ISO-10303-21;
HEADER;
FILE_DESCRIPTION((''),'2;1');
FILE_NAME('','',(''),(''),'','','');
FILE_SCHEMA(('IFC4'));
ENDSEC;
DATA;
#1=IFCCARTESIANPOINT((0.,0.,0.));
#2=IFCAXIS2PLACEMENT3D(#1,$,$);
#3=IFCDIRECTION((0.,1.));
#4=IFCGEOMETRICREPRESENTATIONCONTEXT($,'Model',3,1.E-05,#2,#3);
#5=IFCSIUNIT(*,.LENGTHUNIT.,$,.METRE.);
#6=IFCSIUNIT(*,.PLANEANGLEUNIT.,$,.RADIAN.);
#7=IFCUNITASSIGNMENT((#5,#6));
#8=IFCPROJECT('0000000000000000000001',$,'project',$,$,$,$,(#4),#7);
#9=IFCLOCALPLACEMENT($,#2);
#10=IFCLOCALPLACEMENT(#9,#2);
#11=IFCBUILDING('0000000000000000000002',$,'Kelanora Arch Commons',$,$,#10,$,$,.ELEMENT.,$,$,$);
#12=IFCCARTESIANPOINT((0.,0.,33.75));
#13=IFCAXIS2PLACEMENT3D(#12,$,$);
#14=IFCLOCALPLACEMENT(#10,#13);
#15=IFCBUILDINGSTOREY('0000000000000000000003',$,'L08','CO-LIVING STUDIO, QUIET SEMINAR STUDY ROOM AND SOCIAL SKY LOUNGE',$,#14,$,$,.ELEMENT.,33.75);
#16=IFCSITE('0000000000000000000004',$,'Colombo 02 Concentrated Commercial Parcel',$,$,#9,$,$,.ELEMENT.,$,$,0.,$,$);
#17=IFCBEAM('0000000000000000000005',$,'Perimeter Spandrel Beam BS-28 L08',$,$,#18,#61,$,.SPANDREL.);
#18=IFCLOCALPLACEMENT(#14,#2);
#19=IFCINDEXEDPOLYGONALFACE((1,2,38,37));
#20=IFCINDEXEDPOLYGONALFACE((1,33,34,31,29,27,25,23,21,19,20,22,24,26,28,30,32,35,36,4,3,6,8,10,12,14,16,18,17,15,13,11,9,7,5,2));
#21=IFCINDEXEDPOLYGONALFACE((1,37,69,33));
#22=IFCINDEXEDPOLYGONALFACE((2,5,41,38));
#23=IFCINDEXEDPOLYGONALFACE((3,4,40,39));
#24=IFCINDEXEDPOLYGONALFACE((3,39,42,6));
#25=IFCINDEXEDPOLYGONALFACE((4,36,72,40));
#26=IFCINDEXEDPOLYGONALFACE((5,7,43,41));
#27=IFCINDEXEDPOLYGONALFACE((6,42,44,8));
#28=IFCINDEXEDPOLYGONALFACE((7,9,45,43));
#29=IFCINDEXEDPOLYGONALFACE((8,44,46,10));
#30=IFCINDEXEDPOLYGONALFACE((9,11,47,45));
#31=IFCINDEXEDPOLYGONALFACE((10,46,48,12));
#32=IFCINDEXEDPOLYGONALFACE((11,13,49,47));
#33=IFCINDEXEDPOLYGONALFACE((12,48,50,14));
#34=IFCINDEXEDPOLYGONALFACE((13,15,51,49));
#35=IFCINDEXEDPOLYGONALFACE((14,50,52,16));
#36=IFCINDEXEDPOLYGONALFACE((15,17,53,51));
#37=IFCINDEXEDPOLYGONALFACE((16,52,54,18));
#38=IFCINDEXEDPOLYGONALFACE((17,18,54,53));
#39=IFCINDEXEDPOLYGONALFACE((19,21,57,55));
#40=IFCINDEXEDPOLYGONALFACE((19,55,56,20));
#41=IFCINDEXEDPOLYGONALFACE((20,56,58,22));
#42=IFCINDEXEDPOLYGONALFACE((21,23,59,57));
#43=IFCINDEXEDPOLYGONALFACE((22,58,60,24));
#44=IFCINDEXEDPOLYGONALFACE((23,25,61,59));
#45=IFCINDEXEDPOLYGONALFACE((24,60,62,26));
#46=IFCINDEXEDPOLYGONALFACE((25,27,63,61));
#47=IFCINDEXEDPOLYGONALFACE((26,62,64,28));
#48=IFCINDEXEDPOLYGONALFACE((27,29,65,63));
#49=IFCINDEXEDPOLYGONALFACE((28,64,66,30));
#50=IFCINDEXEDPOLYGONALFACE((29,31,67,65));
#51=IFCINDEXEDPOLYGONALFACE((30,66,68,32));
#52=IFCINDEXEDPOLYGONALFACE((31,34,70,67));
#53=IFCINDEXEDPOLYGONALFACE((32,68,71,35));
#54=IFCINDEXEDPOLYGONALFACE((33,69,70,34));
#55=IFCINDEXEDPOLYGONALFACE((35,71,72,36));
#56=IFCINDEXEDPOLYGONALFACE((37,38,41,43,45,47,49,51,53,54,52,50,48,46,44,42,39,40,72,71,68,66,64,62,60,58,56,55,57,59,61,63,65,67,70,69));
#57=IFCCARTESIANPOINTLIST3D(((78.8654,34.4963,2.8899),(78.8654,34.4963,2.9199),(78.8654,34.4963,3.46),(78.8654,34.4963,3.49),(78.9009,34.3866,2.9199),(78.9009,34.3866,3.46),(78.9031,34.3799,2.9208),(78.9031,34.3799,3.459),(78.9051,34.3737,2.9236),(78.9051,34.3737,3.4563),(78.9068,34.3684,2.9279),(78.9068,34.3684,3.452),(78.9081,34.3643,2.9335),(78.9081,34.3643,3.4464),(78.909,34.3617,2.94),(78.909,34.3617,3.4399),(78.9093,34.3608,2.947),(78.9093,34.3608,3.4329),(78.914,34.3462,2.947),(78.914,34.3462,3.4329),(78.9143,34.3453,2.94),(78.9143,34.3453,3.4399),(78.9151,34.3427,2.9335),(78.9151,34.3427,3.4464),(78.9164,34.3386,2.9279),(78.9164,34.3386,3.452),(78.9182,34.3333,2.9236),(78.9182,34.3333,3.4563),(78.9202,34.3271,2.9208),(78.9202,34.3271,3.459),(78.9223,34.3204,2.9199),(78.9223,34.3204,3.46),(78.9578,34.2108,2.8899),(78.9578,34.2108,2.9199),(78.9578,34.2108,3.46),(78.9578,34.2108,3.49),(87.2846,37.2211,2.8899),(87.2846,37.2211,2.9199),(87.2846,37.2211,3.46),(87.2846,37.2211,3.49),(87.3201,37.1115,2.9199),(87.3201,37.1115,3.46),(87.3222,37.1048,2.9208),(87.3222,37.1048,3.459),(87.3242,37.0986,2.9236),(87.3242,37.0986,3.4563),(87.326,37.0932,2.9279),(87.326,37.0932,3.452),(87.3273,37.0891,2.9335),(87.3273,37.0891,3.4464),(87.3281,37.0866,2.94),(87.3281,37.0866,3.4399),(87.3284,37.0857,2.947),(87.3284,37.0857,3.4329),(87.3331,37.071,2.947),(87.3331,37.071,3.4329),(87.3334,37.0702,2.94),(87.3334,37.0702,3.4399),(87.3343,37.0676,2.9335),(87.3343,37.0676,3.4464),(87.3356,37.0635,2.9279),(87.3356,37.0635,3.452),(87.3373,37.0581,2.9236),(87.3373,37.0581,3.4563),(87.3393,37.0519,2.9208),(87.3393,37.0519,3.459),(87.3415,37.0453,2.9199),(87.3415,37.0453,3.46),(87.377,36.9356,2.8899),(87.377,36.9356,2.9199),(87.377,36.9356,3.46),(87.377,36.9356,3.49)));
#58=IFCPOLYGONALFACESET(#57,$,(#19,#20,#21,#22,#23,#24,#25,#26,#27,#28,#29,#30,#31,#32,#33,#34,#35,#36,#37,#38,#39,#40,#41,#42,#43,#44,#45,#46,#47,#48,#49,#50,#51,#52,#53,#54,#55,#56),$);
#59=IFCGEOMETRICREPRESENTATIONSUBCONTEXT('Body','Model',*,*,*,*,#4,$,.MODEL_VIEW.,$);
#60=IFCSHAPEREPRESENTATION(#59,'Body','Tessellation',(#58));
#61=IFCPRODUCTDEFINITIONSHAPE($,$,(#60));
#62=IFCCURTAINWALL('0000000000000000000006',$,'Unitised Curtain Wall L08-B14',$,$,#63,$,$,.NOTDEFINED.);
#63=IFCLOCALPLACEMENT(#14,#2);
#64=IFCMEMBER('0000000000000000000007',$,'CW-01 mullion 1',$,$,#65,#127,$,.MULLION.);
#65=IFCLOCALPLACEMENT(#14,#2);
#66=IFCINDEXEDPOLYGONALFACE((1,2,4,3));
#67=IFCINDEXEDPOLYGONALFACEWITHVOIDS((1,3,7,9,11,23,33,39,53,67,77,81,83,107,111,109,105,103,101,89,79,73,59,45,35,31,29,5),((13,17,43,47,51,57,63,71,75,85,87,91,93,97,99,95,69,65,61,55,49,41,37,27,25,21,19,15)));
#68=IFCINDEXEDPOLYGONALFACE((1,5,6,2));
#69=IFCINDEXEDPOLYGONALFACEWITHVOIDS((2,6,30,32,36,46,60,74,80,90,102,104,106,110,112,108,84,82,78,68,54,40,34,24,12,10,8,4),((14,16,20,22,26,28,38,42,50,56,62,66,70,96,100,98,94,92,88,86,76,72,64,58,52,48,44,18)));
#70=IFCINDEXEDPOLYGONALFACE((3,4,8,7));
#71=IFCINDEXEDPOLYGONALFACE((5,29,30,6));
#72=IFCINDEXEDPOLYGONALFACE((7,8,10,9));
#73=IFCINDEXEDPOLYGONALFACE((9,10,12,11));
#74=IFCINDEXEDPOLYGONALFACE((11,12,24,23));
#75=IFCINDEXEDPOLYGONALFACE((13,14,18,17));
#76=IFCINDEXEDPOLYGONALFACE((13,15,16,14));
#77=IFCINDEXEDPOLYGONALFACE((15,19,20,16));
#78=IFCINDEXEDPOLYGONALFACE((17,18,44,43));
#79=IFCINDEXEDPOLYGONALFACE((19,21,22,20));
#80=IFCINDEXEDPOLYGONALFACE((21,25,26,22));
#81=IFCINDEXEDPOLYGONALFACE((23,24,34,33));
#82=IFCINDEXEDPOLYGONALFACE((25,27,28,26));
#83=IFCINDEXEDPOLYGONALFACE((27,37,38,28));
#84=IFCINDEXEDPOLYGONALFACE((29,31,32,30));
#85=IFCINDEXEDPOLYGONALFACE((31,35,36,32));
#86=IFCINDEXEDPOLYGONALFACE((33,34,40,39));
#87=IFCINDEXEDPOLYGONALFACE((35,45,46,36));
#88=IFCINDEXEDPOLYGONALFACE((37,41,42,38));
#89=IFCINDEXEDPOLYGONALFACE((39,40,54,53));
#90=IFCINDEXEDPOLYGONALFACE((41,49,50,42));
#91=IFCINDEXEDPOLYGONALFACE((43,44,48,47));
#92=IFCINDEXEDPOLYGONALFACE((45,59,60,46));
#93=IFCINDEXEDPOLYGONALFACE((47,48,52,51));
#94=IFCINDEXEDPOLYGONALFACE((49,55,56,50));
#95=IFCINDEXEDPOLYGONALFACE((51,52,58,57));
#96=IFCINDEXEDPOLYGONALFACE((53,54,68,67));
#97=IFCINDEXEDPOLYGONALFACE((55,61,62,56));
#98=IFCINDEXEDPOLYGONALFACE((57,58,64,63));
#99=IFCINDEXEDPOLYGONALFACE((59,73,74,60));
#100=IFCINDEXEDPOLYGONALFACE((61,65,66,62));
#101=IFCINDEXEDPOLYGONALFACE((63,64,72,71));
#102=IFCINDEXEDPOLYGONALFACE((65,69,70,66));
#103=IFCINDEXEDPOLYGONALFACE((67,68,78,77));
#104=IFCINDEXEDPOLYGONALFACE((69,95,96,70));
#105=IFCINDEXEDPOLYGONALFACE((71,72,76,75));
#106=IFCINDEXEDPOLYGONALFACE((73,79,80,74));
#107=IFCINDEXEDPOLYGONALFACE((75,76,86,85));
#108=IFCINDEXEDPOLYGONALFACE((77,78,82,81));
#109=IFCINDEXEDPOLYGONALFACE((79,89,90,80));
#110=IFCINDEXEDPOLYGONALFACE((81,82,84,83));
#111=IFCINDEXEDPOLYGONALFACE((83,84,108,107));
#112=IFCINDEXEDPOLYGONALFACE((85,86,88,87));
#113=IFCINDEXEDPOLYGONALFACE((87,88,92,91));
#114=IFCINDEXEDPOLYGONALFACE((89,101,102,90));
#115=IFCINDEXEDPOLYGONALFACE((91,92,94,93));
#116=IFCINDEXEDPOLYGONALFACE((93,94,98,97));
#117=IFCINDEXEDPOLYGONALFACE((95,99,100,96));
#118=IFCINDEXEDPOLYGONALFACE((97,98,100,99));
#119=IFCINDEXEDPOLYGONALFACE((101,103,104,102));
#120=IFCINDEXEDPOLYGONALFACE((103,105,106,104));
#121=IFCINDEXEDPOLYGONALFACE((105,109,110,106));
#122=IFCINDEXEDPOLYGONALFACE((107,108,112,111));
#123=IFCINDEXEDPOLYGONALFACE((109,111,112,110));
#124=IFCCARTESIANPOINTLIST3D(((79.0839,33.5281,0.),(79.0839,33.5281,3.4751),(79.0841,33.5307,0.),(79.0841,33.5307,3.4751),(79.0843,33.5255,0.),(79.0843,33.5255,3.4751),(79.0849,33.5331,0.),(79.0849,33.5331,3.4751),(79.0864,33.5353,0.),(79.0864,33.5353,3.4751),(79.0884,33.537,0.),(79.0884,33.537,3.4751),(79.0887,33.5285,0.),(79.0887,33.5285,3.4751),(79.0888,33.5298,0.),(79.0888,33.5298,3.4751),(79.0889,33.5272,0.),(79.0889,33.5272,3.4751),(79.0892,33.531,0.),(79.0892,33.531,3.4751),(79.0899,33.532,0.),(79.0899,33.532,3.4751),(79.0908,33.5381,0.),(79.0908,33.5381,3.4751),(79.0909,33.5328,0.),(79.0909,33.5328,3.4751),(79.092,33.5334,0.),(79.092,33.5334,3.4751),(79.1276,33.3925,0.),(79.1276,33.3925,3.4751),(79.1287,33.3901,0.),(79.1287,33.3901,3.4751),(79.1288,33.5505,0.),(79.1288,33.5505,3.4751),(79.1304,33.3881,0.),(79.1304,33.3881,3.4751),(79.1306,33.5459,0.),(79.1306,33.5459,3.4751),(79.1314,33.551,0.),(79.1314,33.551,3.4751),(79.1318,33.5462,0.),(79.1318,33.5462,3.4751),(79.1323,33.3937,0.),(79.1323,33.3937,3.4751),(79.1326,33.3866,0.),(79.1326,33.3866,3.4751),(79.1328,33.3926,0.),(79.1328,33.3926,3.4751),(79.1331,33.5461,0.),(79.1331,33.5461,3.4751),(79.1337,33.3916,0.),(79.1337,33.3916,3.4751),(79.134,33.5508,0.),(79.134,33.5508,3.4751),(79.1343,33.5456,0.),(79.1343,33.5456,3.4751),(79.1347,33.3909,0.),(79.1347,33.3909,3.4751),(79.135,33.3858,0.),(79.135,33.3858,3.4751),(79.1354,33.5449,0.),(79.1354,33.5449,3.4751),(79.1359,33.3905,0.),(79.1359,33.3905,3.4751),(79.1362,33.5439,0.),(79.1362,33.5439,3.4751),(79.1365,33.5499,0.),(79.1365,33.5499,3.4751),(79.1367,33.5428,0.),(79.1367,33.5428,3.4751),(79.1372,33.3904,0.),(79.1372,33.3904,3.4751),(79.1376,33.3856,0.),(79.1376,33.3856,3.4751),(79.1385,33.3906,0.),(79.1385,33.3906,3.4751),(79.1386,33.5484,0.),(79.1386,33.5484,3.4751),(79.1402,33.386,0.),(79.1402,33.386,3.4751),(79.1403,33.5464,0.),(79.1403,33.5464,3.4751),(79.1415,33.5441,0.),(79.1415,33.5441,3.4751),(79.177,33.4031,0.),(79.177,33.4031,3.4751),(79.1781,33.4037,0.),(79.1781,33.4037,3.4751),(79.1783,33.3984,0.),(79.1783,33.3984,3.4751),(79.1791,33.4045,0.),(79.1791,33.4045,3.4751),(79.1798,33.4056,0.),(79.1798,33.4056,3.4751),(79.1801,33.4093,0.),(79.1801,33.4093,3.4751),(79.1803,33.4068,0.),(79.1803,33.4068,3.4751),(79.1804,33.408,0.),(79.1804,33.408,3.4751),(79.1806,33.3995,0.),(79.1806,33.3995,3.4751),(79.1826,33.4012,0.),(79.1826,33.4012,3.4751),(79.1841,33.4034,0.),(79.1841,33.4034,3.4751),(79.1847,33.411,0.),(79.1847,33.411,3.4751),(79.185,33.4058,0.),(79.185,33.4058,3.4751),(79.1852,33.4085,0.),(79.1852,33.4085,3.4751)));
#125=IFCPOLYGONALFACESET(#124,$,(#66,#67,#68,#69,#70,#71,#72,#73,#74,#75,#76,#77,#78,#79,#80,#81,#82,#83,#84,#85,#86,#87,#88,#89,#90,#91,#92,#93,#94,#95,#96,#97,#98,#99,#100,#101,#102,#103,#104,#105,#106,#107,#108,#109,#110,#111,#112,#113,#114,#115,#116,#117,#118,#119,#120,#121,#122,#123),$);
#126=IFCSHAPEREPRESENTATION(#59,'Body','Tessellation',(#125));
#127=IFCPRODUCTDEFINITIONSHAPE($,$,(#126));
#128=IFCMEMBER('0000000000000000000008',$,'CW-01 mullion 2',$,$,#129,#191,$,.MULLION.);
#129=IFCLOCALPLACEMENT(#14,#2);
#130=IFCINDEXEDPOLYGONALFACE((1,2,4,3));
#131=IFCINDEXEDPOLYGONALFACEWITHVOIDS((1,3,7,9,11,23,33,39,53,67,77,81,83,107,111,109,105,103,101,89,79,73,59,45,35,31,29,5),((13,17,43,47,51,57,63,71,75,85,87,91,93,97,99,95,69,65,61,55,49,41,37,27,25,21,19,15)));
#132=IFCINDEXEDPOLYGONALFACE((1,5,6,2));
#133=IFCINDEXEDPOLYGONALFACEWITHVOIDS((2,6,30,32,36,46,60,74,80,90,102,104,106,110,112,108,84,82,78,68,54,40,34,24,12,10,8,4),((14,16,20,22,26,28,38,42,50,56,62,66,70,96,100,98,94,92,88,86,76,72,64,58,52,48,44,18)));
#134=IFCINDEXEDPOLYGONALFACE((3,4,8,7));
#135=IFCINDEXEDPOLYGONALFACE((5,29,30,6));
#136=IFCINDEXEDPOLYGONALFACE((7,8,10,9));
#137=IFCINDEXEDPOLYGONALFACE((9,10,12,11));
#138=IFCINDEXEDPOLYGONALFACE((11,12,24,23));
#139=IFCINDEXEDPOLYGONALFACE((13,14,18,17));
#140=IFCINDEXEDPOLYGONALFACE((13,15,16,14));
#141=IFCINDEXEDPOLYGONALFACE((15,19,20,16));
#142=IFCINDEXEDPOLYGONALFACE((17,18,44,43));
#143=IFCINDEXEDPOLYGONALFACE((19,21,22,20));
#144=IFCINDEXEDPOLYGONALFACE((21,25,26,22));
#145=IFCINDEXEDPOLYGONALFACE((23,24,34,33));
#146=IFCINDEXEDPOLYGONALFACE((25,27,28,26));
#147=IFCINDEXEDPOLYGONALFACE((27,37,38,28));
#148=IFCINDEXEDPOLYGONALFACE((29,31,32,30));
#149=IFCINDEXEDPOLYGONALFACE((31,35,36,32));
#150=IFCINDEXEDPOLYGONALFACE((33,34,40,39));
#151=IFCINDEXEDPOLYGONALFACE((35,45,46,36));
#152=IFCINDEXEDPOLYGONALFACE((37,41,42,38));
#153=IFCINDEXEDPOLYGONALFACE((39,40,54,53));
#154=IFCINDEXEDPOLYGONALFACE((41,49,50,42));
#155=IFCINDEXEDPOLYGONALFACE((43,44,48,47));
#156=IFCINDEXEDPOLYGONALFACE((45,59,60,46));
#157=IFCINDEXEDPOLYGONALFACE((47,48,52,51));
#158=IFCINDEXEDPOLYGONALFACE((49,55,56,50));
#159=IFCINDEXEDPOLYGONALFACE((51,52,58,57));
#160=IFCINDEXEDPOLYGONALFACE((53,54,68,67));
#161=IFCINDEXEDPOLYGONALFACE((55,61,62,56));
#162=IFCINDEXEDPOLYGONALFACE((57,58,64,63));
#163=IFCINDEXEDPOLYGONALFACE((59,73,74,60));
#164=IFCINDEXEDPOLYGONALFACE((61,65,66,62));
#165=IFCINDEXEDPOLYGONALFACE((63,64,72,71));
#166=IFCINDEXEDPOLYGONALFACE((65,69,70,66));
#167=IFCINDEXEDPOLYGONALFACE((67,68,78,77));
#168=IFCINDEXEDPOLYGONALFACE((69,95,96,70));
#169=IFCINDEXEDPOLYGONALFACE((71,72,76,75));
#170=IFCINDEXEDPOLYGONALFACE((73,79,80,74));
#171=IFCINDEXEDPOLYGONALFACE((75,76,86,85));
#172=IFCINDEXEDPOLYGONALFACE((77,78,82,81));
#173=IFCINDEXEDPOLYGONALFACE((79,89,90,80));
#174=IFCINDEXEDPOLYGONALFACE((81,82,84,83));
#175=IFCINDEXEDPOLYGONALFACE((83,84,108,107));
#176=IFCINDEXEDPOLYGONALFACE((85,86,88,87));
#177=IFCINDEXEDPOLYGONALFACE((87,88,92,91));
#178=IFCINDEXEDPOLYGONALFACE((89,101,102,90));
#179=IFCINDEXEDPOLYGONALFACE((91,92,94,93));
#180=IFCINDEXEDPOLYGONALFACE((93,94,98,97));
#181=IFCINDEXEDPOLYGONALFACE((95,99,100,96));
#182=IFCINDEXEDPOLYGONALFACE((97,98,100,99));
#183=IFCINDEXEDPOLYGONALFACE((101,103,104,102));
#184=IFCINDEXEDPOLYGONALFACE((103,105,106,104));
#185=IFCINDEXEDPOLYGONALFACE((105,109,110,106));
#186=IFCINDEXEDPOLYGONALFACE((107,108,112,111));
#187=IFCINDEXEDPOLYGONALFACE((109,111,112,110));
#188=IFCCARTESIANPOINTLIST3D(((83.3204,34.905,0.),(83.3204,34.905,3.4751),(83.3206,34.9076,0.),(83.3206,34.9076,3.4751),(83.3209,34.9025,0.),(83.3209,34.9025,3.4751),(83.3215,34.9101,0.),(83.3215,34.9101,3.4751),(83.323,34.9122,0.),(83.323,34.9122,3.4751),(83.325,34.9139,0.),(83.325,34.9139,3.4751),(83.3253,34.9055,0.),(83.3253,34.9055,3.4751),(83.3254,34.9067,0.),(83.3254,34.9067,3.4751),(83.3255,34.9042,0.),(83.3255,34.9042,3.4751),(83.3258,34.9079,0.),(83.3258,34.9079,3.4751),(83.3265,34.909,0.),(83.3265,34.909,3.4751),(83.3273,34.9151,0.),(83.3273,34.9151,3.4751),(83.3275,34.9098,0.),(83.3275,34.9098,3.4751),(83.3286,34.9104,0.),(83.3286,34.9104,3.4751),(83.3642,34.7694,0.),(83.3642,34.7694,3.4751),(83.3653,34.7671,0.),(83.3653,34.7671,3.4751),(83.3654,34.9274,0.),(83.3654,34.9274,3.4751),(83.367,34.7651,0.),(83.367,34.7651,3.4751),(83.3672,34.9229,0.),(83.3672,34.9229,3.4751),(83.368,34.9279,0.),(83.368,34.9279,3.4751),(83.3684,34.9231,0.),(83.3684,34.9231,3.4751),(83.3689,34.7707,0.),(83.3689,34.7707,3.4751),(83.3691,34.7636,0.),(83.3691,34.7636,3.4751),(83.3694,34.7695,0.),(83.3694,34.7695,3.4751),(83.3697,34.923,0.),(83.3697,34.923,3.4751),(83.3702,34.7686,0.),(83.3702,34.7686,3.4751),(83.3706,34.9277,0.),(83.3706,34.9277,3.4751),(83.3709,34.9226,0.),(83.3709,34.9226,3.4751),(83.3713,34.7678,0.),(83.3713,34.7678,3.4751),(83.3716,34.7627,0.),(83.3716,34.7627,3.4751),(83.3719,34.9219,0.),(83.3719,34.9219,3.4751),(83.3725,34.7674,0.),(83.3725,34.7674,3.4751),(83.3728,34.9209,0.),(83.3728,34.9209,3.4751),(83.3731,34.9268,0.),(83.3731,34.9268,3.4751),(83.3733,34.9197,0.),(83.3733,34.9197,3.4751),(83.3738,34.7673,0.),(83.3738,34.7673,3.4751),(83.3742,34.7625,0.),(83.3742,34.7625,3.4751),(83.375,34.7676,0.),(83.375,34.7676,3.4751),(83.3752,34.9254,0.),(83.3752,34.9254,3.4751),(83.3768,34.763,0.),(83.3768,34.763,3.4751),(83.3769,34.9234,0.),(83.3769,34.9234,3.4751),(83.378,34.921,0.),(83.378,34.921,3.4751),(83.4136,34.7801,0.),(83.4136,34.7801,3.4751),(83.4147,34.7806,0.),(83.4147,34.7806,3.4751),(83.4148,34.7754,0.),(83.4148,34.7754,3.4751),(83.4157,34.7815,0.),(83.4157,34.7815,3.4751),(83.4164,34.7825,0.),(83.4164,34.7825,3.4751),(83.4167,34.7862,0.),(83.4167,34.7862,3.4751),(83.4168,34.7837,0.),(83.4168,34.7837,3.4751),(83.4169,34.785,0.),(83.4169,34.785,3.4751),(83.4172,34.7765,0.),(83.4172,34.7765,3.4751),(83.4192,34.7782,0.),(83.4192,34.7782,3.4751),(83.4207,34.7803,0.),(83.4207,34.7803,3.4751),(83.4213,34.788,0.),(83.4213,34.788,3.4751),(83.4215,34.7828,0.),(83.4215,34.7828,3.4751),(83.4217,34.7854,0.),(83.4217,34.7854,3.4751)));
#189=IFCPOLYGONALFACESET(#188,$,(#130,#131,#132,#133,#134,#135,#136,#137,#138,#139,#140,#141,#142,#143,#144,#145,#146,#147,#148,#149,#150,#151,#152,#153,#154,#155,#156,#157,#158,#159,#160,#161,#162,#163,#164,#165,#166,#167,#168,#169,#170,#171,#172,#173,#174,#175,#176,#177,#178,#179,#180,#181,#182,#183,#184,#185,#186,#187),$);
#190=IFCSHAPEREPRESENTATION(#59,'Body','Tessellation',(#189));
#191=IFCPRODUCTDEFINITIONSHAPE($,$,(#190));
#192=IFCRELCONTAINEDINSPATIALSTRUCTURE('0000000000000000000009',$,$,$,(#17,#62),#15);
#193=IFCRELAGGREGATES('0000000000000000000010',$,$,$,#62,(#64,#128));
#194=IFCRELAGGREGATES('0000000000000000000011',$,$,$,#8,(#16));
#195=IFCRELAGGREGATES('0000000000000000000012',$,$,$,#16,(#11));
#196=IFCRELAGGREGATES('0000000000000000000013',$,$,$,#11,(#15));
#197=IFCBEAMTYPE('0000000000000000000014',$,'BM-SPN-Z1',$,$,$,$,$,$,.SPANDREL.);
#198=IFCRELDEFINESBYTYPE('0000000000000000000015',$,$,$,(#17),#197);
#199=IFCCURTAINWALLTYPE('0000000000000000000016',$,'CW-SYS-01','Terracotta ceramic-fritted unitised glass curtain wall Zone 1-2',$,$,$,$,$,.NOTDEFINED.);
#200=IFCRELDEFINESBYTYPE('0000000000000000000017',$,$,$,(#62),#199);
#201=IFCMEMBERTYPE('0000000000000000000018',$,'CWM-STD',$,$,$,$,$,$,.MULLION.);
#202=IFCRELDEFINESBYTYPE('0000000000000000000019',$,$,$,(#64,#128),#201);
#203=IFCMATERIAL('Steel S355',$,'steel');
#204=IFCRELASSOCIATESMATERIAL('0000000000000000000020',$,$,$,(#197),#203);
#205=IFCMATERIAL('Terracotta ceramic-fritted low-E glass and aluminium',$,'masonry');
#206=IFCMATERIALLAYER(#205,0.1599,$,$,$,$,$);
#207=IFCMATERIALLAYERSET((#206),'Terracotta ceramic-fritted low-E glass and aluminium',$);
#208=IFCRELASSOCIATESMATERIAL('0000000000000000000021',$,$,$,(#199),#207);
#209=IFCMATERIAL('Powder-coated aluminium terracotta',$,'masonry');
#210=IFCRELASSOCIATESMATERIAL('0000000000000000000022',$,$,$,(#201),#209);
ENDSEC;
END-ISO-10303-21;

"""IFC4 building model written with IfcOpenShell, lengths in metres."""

from ifc_helpers import new_model, si_unit, direction, frame, origin, origin_2d, place, context, subcontext, project, spatial, hollow_rectangle, i_section, extrude, material, layer, layer_set, material_profile, profile_set, type_object, element, aggregate, save


model = new_model("IFC4")

# Units and contexts
model_context = context("Model", 3, precision=1e-05, world=origin(), true_north=direction((0.0, 1.0)))
body_context = subcontext(model_context, "Body", "Model", "MODEL_VIEW")
ifc_project = project(units=[si_unit("LENGTHUNIT", "METRE"), si_unit("PLANEANGLEUNIT", "RADIAN")], contexts=[model_context])

# Site, building, storey
site_placement = place(None, origin())
site = spatial("IfcSite", under=ifc_project, at=site_placement, Name="Colombo 02 Concentrated Commercial Parcel", CompositionType="ELEMENT", RefElevation=0.0)
building_placement = place(site_placement, origin())
building = spatial("IfcBuilding", under=site, at=building_placement, Name="Kelanora Arch Commons", CompositionType="ELEMENT")
storey_placement = place(building_placement, frame((0.0, 0.0, 33.75)))
storey = spatial("IfcBuildingStorey", under=building, at=storey_placement, Name="L08", Description="CO-LIVING STUDIO, QUIET SEMINAR STUDY ROOM AND SOCIAL SKY LOUNGE", CompositionType="ELEMENT", Elevation=33.75)

# Beam
ifc_material_1 = material(Name="Steel S355", Category="steel")
ifc_material_profile_1 = material_profile(ifc_material_1, i_section(OverallWidth=0.3, OverallDepth=0.6001, WebThickness=0.0154, FlangeThickness=0.03, FilletRadius=0.0271, at=origin_2d()), Name="HEB600")
ifc_profile_set_1 = profile_set([ifc_material_profile_1], Name="Steel S355")
beam_type_1 = type_object("IfcBeamType", Name="BM-SPN-Z1", PredefinedType="SPANDREL", material=ifc_profile_set_1)
beam_1_placement = place(storey_placement, frame((78.9116, 34.3535, 3.1899), z_axis=(0.951411, 0.307922, 0.0), x_axis=(-0.307922, 0.951411, 0.0)))
element("IfcBeam", 1, at=beam_1_placement, inside=storey, type_object=beam_type_1, Name="Perimeter Spandrel Beam BS-28 L08", PredefinedType="SPANDREL", context=body_context, shape_type="SweptSolid", body=[
    extrude(i_section(OverallWidth=0.3, OverallDepth=0.6001, WebThickness=0.0154, FlangeThickness=0.03, FilletRadius=0.0271, at=origin_2d()), origin(), (0.0, 0.0, 1.0), 8.8491),
])

# Curtain wall, members
ifc_material_2 = material(Name="Terracotta ceramic-fritted low-E glass and aluminium", Category="masonry")
ifc_layer_1 = layer(ifc_material_2, 0.1599)
ifc_layer_set_1 = layer_set([ifc_layer_1], Name="Terracotta ceramic-fritted low-E glass and aluminium")
curtain_wall_type = type_object("IfcCurtainWallType", Name="CW-SYS-01", Description="Terracotta ceramic-fritted unitised glass curtain wall Zone 1-2", PredefinedType="NOTDEFINED", material=ifc_layer_set_1)
curtain_wall_placement = place(storey_placement, origin())
curtain_wall = element("IfcCurtainWall", 2, at=curtain_wall_placement, inside=storey, type_object=curtain_wall_type, Name="Unitised Curtain Wall L08-B14", PredefinedType="NOTDEFINED")
ifc_material_3 = material(Name="Powder-coated aluminium terracotta", Category="masonry")
ifc_material_profile_2 = material_profile(ifc_material_3, hollow_rectangle(XDim=0.1599, YDim=0.0601, WallThickness=0.0049, InnerFilletRadius=0.0049, OuterFilletRadius=0.01, at=origin_2d()), Name="CWM160x60")
ifc_profile_set_2 = profile_set([ifc_material_profile_2], Name="Powder-coated aluminium terracotta")
member_type_1 = type_object("IfcMemberType", Name="CWM-STD", PredefinedType="MULLION", material=ifc_profile_set_2)
member_1_placement = place(storey_placement, frame((79.1345, 33.4683, 0.0), z_axis=(0.0, 0.0, 1.0), x_axis=(-0.309058, 0.951043, 0.0)))
member_1 = element("IfcMember", 3, at=member_1_placement, type_object=member_type_1, Name="CW-01 mullion 1", PredefinedType="MULLION", context=body_context, shape_type="SweptSolid", body=[
    extrude(hollow_rectangle(XDim=0.1599, YDim=0.0601, WallThickness=0.0049, InnerFilletRadius=0.0049, OuterFilletRadius=0.01, at=origin_2d()), origin(), (0.0, 0.0, 1.0), 3.4751),
])
member_2_placement = place(storey_placement, frame((83.3711, 34.8452, 0.0), z_axis=(0.0, 0.0, 1.0), x_axis=(-0.309058, 0.951043, 0.0)))
member_2 = element("IfcMember", 4, at=member_2_placement, type_object=member_type_1, Name="CW-01 mullion 2", PredefinedType="MULLION", context=body_context, shape_type="SweptSolid", body=[
    extrude(hollow_rectangle(XDim=0.1599, YDim=0.0601, WallThickness=0.0049, InnerFilletRadius=0.0049, OuterFilletRadius=0.01, at=origin_2d()), origin(), (0.0, 0.0, 1.0), 3.4751),
])
aggregate(curtain_wall, [member_1, member_2])

save(model, "model.ifc")
